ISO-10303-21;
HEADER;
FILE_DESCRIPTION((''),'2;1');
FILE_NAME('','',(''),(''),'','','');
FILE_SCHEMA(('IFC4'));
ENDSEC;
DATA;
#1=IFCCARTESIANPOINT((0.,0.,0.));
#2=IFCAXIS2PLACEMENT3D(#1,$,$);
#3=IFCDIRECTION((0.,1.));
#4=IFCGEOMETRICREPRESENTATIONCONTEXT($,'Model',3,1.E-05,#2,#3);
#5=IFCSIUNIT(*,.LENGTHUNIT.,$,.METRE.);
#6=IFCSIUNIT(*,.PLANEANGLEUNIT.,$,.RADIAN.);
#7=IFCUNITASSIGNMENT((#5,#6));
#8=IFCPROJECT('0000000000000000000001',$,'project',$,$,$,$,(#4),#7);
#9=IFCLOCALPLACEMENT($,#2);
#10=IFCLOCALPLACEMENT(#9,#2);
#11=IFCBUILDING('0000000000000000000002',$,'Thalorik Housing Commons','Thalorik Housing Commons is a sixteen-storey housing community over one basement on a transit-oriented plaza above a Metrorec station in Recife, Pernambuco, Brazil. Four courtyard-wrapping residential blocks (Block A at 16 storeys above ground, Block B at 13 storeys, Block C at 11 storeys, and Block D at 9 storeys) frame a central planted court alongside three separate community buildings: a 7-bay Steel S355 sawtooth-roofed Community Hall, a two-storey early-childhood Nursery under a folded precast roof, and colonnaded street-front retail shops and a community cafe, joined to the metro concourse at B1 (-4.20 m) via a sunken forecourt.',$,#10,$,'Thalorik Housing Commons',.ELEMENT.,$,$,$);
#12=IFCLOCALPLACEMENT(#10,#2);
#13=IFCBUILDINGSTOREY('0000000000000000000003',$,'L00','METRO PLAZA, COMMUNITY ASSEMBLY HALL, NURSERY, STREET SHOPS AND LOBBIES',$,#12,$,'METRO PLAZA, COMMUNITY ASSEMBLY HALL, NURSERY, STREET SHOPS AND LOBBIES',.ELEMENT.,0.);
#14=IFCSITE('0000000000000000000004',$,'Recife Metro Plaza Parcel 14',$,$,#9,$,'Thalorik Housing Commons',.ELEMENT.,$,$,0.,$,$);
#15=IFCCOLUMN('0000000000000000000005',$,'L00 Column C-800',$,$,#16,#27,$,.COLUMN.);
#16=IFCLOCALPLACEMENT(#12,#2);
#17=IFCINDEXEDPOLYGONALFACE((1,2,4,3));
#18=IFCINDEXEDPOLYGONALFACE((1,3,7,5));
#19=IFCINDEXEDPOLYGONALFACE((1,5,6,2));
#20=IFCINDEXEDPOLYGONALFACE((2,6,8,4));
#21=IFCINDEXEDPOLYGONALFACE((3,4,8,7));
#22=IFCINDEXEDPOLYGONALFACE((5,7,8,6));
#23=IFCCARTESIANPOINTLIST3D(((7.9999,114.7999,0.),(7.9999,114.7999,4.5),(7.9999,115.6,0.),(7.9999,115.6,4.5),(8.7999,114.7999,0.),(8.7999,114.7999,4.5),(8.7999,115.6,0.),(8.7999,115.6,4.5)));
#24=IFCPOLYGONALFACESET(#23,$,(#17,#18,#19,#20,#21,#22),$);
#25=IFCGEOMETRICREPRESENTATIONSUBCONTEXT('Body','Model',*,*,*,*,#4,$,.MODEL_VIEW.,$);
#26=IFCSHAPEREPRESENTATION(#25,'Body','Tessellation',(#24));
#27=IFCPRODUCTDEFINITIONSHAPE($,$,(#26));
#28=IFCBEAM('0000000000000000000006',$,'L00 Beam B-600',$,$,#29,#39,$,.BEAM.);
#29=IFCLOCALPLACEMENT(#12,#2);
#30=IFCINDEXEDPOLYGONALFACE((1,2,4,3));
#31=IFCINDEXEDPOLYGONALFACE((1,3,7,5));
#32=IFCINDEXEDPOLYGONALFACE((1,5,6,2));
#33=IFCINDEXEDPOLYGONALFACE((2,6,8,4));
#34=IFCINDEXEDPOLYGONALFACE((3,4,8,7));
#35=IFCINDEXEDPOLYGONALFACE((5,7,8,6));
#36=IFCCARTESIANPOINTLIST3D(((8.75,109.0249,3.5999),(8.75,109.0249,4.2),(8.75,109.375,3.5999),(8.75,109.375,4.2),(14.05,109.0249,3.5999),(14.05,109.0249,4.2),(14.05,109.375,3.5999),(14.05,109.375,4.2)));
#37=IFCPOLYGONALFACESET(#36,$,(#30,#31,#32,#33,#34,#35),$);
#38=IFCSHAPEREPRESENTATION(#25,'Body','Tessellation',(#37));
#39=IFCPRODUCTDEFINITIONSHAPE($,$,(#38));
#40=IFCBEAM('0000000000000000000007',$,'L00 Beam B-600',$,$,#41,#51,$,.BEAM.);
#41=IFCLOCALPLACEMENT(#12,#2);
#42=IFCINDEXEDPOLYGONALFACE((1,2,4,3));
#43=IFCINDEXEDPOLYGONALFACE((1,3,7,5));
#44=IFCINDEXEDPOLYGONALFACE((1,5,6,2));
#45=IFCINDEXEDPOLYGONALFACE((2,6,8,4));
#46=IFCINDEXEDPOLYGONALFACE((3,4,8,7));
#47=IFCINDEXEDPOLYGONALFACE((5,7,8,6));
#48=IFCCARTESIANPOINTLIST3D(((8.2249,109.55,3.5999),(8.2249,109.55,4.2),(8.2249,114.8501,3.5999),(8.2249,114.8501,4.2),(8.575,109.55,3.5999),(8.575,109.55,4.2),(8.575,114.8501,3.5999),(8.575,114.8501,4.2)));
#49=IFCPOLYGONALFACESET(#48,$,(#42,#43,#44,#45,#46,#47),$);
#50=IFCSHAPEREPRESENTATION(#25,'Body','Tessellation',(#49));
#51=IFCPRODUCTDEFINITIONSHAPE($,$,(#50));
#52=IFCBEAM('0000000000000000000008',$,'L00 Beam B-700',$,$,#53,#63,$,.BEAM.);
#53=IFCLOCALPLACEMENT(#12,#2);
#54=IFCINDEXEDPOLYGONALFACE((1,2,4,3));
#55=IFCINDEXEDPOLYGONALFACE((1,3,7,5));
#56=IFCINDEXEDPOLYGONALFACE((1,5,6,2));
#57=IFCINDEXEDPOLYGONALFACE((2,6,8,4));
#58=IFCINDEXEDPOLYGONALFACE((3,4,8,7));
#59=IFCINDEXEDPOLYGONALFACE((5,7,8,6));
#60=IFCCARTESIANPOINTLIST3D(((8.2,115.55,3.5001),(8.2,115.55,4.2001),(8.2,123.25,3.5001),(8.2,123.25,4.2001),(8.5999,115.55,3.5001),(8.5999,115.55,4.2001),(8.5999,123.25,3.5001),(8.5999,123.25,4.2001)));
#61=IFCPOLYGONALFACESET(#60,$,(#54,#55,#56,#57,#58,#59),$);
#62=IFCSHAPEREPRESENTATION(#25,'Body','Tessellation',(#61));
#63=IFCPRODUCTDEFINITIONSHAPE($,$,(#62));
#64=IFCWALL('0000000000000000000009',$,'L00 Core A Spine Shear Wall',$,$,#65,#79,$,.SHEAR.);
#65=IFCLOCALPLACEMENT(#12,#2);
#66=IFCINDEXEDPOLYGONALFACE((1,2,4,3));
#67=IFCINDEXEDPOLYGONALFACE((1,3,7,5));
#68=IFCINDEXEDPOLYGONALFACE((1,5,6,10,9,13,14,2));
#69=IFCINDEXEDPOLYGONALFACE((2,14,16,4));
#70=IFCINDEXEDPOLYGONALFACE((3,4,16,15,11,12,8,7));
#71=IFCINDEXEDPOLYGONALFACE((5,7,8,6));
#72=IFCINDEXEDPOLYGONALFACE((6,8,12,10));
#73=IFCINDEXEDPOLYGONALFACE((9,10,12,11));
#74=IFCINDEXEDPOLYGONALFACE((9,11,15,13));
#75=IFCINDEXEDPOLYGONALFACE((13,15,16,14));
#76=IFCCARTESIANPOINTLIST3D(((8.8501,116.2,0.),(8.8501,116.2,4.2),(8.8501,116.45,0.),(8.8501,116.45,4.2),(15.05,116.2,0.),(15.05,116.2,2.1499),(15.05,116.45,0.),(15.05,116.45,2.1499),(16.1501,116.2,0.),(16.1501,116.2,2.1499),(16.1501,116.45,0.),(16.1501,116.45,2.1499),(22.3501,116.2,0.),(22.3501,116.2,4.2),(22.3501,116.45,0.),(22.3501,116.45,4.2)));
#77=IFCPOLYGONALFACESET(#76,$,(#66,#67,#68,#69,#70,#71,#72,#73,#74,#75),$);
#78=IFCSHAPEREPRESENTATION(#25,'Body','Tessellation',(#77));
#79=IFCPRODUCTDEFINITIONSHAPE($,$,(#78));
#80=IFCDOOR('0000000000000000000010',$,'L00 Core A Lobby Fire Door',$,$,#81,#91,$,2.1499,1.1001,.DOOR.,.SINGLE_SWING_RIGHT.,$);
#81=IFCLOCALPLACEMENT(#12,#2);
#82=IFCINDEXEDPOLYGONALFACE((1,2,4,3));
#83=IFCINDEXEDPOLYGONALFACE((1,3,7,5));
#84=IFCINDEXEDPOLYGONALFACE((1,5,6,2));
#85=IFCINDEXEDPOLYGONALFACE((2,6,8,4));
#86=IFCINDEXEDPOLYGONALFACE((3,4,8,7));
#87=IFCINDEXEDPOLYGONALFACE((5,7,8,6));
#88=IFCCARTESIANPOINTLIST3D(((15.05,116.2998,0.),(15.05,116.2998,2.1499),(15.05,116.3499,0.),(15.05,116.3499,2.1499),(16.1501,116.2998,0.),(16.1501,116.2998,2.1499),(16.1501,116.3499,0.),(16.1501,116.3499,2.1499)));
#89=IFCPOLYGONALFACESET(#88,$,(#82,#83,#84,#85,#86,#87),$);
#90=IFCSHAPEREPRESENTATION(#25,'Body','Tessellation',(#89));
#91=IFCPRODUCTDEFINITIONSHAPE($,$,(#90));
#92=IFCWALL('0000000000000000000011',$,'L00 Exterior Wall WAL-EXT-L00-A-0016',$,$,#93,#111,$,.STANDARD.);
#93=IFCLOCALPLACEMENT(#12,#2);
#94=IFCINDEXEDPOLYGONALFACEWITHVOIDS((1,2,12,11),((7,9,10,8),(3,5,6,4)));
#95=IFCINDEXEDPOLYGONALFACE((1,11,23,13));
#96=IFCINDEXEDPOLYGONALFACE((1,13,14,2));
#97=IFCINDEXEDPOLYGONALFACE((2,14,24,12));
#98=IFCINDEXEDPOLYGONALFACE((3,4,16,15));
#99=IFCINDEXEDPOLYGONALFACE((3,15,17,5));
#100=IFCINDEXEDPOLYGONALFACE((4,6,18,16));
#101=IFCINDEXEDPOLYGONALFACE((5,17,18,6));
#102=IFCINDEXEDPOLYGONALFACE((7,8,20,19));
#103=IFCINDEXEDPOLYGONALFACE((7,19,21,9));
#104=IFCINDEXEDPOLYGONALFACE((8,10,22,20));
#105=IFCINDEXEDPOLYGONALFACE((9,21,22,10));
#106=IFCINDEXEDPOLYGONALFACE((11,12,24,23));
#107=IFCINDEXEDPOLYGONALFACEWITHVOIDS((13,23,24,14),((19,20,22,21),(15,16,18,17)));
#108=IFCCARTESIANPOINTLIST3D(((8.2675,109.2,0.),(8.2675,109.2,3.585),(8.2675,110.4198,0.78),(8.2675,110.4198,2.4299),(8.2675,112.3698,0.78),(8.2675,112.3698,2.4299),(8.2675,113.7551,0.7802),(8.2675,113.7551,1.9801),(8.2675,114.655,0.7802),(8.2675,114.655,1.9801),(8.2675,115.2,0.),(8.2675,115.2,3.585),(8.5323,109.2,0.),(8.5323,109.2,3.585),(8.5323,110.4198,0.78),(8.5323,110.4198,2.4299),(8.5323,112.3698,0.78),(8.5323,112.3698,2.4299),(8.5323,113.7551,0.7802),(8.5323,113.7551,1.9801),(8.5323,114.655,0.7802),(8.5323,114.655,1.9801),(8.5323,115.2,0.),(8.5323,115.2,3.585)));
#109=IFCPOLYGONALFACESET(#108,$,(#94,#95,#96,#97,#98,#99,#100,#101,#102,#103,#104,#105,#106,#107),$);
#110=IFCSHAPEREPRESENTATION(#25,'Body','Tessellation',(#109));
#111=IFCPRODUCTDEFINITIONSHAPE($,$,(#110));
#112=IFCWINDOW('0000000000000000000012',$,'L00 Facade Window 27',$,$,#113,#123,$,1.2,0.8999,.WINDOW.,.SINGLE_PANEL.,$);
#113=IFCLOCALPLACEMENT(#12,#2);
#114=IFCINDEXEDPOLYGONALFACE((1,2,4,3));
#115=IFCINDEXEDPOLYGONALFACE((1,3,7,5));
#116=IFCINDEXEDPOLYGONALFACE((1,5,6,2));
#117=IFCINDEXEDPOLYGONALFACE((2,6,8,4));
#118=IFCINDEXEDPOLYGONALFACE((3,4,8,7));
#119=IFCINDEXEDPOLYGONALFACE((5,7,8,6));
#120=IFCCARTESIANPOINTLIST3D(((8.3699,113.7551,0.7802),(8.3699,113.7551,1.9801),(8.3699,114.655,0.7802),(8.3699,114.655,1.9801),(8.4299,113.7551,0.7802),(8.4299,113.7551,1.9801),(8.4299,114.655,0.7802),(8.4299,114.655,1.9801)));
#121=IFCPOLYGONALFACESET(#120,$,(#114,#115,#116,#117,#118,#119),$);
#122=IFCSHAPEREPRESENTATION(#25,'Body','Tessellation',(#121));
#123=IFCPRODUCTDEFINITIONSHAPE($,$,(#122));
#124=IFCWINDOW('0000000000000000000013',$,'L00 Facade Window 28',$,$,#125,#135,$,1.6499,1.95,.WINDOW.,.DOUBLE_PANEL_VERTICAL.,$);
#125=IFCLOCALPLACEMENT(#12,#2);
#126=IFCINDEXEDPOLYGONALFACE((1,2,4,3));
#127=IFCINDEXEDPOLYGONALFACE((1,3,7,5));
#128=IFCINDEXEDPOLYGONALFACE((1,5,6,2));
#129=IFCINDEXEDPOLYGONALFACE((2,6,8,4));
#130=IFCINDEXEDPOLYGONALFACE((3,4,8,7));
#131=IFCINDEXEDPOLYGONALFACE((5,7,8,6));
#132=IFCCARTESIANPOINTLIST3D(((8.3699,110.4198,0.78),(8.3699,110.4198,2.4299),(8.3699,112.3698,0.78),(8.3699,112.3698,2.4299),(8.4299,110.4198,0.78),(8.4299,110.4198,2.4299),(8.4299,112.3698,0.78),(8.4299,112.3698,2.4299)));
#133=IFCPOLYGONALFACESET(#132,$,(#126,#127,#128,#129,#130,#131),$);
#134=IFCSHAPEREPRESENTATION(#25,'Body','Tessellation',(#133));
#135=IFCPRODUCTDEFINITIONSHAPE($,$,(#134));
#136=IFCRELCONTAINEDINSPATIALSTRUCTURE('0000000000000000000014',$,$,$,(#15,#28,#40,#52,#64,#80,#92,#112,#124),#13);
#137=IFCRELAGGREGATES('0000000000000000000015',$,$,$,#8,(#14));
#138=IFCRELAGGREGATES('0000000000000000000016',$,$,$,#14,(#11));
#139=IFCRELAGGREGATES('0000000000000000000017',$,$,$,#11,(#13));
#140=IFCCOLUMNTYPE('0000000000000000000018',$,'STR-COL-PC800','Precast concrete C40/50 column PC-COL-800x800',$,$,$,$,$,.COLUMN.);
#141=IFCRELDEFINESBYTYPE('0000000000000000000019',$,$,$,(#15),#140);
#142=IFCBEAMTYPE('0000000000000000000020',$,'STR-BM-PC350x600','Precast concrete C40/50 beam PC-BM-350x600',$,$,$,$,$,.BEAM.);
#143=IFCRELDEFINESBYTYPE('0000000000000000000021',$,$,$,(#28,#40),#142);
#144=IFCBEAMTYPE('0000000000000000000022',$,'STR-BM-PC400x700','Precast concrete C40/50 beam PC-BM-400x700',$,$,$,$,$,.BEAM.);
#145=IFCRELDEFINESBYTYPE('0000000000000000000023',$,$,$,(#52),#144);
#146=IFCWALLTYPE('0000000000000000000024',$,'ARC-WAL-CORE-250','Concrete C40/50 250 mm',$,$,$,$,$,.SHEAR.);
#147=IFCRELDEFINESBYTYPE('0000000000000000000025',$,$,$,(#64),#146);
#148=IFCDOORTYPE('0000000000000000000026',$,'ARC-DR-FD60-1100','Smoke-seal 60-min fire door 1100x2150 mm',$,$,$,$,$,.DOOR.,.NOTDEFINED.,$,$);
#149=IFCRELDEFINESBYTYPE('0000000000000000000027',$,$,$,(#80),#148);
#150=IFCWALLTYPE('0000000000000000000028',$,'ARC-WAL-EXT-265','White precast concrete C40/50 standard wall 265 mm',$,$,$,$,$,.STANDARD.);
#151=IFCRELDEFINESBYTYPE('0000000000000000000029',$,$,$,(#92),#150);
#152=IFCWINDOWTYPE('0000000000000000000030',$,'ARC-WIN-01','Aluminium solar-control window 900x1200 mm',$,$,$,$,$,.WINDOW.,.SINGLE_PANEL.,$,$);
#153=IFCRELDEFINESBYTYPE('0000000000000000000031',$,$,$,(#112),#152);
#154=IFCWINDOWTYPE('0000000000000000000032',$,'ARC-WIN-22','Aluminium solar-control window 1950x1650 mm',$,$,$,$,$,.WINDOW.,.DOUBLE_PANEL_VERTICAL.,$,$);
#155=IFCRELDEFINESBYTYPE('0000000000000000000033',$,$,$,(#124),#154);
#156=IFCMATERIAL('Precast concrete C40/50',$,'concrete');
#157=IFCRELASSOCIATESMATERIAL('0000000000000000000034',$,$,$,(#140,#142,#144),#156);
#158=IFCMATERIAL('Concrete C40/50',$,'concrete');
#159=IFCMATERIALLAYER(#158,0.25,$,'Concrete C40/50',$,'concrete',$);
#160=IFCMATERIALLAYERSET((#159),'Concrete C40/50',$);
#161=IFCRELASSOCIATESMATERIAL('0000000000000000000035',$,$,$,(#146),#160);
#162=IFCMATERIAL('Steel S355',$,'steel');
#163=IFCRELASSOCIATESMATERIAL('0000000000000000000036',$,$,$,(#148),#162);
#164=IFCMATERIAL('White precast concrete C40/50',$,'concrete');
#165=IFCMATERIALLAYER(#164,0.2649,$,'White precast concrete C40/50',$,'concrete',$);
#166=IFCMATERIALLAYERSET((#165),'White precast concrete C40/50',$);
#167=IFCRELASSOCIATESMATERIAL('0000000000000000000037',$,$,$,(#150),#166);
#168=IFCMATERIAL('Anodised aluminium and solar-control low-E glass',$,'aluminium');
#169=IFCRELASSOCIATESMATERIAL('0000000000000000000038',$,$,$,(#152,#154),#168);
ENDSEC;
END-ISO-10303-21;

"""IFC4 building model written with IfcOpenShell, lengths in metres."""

from ifc_helpers import new_model, si_unit, direction, frame, frame_2d, origin, origin_2d, place, context, subcontext, project, spatial, rectangle, extrude, material, layer, layer_set, material_profile, profile_set, type_object, element, fill, save


model = new_model("IFC4")

# Units and contexts
model_context = context("Model", 3, precision=1e-05, world=origin(), true_north=direction((0.0, 1.0)))
body_context = subcontext(model_context, "Body", "Model", "MODEL_VIEW")
ifc_project = project(units=[si_unit("LENGTHUNIT", "METRE"), si_unit("PLANEANGLEUNIT", "RADIAN")], contexts=[model_context])

# Site, building, storey
site_placement = place(None, origin())
site = spatial("IfcSite", under=ifc_project, at=site_placement, Name="Recife Metro Plaza Parcel 14", LongName="Thalorik Housing Commons", CompositionType="ELEMENT", RefElevation=0.0)
building_placement = place(site_placement, origin())
building = spatial("IfcBuilding", under=site, at=building_placement, Name="Thalorik Housing Commons", Description="Thalorik Housing Commons is a sixteen-storey housing community over one basement on a transit-oriented plaza above a Metrorec station in Recife, Pernambuco, Brazil. Four courtyard-wrapping residential blocks (Block A at 16 storeys above ground, Block B at 13 storeys, Block C at 11 storeys, and Block D at 9 storeys) frame a central planted court alongside three separate community buildings: a 7-bay Steel S355 sawtooth-roofed Community Hall, a two-storey early-childhood Nursery under a folded precast roof, and colonnaded street-front retail shops and a community cafe, joined to the metro concourse at B1 (-4.20 m) via a sunken forecourt.", LongName="Thalorik Housing Commons", CompositionType="ELEMENT")
storey_placement = place(building_placement, origin())
storey = spatial("IfcBuildingStorey", under=building, at=storey_placement, Name="L00", Description="METRO PLAZA, COMMUNITY ASSEMBLY HALL, NURSERY, STREET SHOPS AND LOBBIES", LongName="METRO PLAZA, COMMUNITY ASSEMBLY HALL, NURSERY, STREET SHOPS AND LOBBIES", CompositionType="ELEMENT", Elevation=0.0)

# Column
ifc_material_1 = material(Name="Precast concrete C40/50", Category="concrete")
ifc_material_profile_1 = material_profile(ifc_material_1, rectangle(XDim=0.8, YDim=0.8, at=origin_2d()), Name="PC 800x800", Category="concrete")
ifc_profile_set_1 = profile_set([ifc_material_profile_1], Name="Precast concrete C40/50")
column_type = type_object("IfcColumnType", Name="STR-COL-PC800", Description="Precast concrete C40/50 column PC-COL-800x800", PredefinedType="COLUMN", material=ifc_profile_set_1)
column_placement = place(storey_placement, frame((8.3999, 115.2, 0.0), z_axis=(0.0, 0.0, 1.0), x_axis=(1.0, 0.0, 0.0)))
element("IfcColumn", 1, at=column_placement, inside=storey, type_object=column_type, Name="L00 Column C-800", PredefinedType="COLUMN", context=body_context, shape_type="SweptSolid", body=[
    extrude(rectangle(XDim=0.8, YDim=0.8, at=origin_2d()), origin(), (0.0, 0.0, 1.0), 4.5),
])

# Beams
ifc_material_profile_2 = material_profile(ifc_material_1, rectangle(XDim=0.3501, YDim=0.6001, at=origin_2d()), Name="PC 350x600", Category="concrete")
ifc_profile_set_2 = profile_set([ifc_material_profile_2], Name="Precast concrete C40/50")
beam_type_1 = type_object("IfcBeamType", Name="STR-BM-PC350x600", Description="Precast concrete C40/50 beam PC-BM-350x600", PredefinedType="BEAM", material=ifc_profile_set_2)
for number, where, z_axis, x_axis, name in (
    (2, (8.75, 109.2, 3.8999), (1.0, 0.0, 0.0), (0.0, 1.0, 0.0), "L00 Beam B-600"),
    (3, (8.3999, 109.55, 3.8999), (0.0, 1.0, 0.0), (-1.0, 0.0, 0.0), "L00 Beam B-600"),
):
    element("IfcBeam", number, at=place(storey_placement, frame(where, z_axis=z_axis, x_axis=x_axis)), inside=storey, type_object=beam_type_1, Name=name, PredefinedType="BEAM", context=body_context, shape_type="SweptSolid", body=[
        extrude(rectangle(XDim=0.3501, YDim=0.6001, at=origin_2d()), origin(), (0.0, 0.0, 1.0), 5.3),
    ])
ifc_material_profile_3 = material_profile(ifc_material_1, rectangle(XDim=0.3999, YDim=0.7, at=origin_2d()), Name="PC 400x700", Category="concrete")
ifc_profile_set_3 = profile_set([ifc_material_profile_3], Name="Precast concrete C40/50")
beam_type_2 = type_object("IfcBeamType", Name="STR-BM-PC400x700", Description="Precast concrete C40/50 beam PC-BM-400x700", PredefinedType="BEAM", material=ifc_profile_set_3)
beam_placement = place(storey_placement, frame((8.3999, 115.55, 3.8501), z_axis=(0.0, 1.0, 0.0), x_axis=(-1.0, 0.0, 0.0)))
element("IfcBeam", 4, at=beam_placement, inside=storey, type_object=beam_type_2, Name="L00 Beam B-700", PredefinedType="BEAM", context=body_context, shape_type="SweptSolid", body=[
    extrude(rectangle(XDim=0.3999, YDim=0.7, at=origin_2d()), origin(), (0.0, 0.0, 1.0), 7.7),
])

# Wall, opening, door
ifc_material_2 = material(Name="Concrete C40/50", Category="concrete")
ifc_layer_1 = layer(ifc_material_2, 0.25, Name="Concrete C40/50", Category="concrete")
ifc_layer_set_1 = layer_set([ifc_layer_1], Name="Concrete C40/50")
wall_type_1 = type_object("IfcWallType", Name="ARC-WAL-CORE-250", Description="Concrete C40/50 250 mm", PredefinedType="SHEAR", material=ifc_layer_set_1)
wall_1_placement = place(storey_placement, frame((8.8501, 116.325, 0.0), z_axis=(0.0, 0.0, 1.0), x_axis=(1.0, 0.0, 0.0)))
wall_1 = element("IfcWall", 5, at=wall_1_placement, inside=storey, type_object=wall_type_1, Name="L00 Core A Spine Shear Wall", PredefinedType="SHEAR", context=body_context, shape_type="SweptSolid", body=[
    extrude(rectangle(XDim=13.5, YDim=0.25, at=frame_2d((6.75, 0.0))), origin(), (0.0, 0.0, 1.0), 4.2),
])
opening_1_placement = place(wall_1_placement, frame((6.2, 0.0, 0.0)))
opening_1 = element("IfcOpeningElement", 6, at=opening_1_placement, cuts=wall_1, PredefinedType="OPENING", context=body_context, shape_type="SweptSolid", body=[
    extrude(rectangle(XDim=1.1001, YDim=2.1499, at=frame_2d((0.55, 1.075))), frame((0.0, 0.135, 0.0), z_axis=(0.0, -1.0, 0.0), x_axis=(1.0, 0.0, 0.0)), (0.0, 0.0, 1.0), 0.27),
])
ifc_material_3 = material(Name="Steel S355", Category="steel")
door_type_1 = type_object("IfcDoorType", Name="ARC-DR-FD60-1100", Description="Smoke-seal 60-min fire door 1100x2150 mm", OperationType="NOTDEFINED", PredefinedType="DOOR", material=ifc_material_3)
door_1_placement = place(opening_1_placement, origin())
door_1 = element("IfcDoor", 7, at=door_1_placement, inside=storey, type_object=door_type_1, Name="L00 Core A Lobby Fire Door", OperationType="SINGLE_SWING_RIGHT", OverallHeight=2.1499, OverallWidth=1.1001, PredefinedType="DOOR", context=body_context, shape_type="SweptSolid", body=[
    extrude(rectangle(XDim=1.1001, YDim=2.1499, at=frame_2d((0.55, 1.075))), frame((0.0, 0.0249, 0.0), z_axis=(0.0, -1.0, 0.0), x_axis=(1.0, 0.0, 0.0)), (0.0, 0.0, 1.0), 0.05),
])
fill(opening_1, door_1)

# Wall, openings, windows
ifc_material_4 = material(Name="White precast concrete C40/50", Category="concrete")
ifc_layer_2 = layer(ifc_material_4, 0.2649, Name="White precast concrete C40/50", Category="concrete")
ifc_layer_set_2 = layer_set([ifc_layer_2], Name="White precast concrete C40/50")
wall_type_2 = type_object("IfcWallType", Name="ARC-WAL-EXT-265", Description="White precast concrete C40/50 standard wall 265 mm", PredefinedType="STANDARD", material=ifc_layer_set_2)
wall_2_placement = place(storey_placement, frame((8.3999, 115.2, 0.0), z_axis=(0.0, 0.0, 1.0), x_axis=(0.0, -1.0, 0.0)))
wall_2 = element("IfcWall", 8, at=wall_2_placement, inside=storey, type_object=wall_type_2, Name="L00 Exterior Wall WAL-EXT-L00-A-0016", PredefinedType="STANDARD", context=body_context, shape_type="SweptSolid", body=[
    extrude(rectangle(XDim=6.0, YDim=0.2649, at=frame_2d((3.0, 0.0))), origin(), (0.0, 0.0, 1.0), 3.585),
])
opening_2_placement = place(wall_2_placement, frame((0.5449, 0.0, 0.78)))
opening_2 = element("IfcOpeningElement", 9, at=opening_2_placement, cuts=wall_2, PredefinedType="OPENING", context=body_context, shape_type="SweptSolid", body=[
    extrude(rectangle(XDim=0.8999, YDim=1.2, at=frame_2d((0.45, 0.6001))), frame((0.0, 0.1426, 0.0), z_axis=(0.0, -1.0, 0.0), x_axis=(1.0, 0.0, 0.0)), (0.0, 0.0, 1.0), 0.2849),
])
opening_3_placement = place(wall_2_placement, frame((2.8301, 0.0, 0.78)))
opening_3 = element("IfcOpeningElement", 10, at=opening_3_placement, cuts=wall_2, PredefinedType="OPENING", context=body_context, shape_type="SweptSolid", body=[
    extrude(rectangle(XDim=1.95, YDim=1.6499, at=frame_2d((0.9751, 0.825))), frame((0.0, 0.1426, 0.0), z_axis=(0.0, -1.0, 0.0), x_axis=(1.0, 0.0, 0.0)), (0.0, 0.0, 1.0), 0.2849),
])
ifc_material_5 = material(Name="Anodised aluminium and solar-control low-E glass", Category="aluminium")
window_type_1 = type_object("IfcWindowType", Name="ARC-WIN-01", Description="Aluminium solar-control window 900x1200 mm", PartitioningType="SINGLE_PANEL", PredefinedType="WINDOW", material=ifc_material_5)
window_1_placement = place(opening_2_placement, origin())
window_1 = element("IfcWindow", 11, at=window_1_placement, inside=storey, type_object=window_type_1, Name="L00 Facade Window 27", OverallHeight=1.2, OverallWidth=0.8999, PartitioningType="SINGLE_PANEL", PredefinedType="WINDOW", context=body_context, shape_type="SweptSolid", body=[
    extrude(rectangle(XDim=0.8999, YDim=1.2, at=frame_2d((0.45, 0.6001))), frame((0.0, 0.03, 0.0), z_axis=(0.0, -1.0, 0.0), x_axis=(1.0, 0.0, 0.0)), (0.0, 0.0, 1.0), 0.0601),
])
fill(opening_2, window_1)
window_type_2 = type_object("IfcWindowType", Name="ARC-WIN-22", Description="Aluminium solar-control window 1950x1650 mm", PartitioningType="DOUBLE_PANEL_VERTICAL", PredefinedType="WINDOW", material=ifc_material_5)
window_2_placement = place(opening_3_placement, origin())
window_2 = element("IfcWindow", 12, at=window_2_placement, inside=storey, type_object=window_type_2, Name="L00 Facade Window 28", OverallHeight=1.6499, OverallWidth=1.95, PartitioningType="DOUBLE_PANEL_VERTICAL", PredefinedType="WINDOW", context=body_context, shape_type="SweptSolid", body=[
    extrude(rectangle(XDim=1.95, YDim=1.6499, at=frame_2d((0.9751, 0.825))), frame((0.0, 0.03, 0.0), z_axis=(0.0, -1.0, 0.0), x_axis=(1.0, 0.0, 0.0)), (0.0, 0.0, 1.0), 0.0601),
])
fill(opening_3, window_2)

save(model, "model.ifc")
